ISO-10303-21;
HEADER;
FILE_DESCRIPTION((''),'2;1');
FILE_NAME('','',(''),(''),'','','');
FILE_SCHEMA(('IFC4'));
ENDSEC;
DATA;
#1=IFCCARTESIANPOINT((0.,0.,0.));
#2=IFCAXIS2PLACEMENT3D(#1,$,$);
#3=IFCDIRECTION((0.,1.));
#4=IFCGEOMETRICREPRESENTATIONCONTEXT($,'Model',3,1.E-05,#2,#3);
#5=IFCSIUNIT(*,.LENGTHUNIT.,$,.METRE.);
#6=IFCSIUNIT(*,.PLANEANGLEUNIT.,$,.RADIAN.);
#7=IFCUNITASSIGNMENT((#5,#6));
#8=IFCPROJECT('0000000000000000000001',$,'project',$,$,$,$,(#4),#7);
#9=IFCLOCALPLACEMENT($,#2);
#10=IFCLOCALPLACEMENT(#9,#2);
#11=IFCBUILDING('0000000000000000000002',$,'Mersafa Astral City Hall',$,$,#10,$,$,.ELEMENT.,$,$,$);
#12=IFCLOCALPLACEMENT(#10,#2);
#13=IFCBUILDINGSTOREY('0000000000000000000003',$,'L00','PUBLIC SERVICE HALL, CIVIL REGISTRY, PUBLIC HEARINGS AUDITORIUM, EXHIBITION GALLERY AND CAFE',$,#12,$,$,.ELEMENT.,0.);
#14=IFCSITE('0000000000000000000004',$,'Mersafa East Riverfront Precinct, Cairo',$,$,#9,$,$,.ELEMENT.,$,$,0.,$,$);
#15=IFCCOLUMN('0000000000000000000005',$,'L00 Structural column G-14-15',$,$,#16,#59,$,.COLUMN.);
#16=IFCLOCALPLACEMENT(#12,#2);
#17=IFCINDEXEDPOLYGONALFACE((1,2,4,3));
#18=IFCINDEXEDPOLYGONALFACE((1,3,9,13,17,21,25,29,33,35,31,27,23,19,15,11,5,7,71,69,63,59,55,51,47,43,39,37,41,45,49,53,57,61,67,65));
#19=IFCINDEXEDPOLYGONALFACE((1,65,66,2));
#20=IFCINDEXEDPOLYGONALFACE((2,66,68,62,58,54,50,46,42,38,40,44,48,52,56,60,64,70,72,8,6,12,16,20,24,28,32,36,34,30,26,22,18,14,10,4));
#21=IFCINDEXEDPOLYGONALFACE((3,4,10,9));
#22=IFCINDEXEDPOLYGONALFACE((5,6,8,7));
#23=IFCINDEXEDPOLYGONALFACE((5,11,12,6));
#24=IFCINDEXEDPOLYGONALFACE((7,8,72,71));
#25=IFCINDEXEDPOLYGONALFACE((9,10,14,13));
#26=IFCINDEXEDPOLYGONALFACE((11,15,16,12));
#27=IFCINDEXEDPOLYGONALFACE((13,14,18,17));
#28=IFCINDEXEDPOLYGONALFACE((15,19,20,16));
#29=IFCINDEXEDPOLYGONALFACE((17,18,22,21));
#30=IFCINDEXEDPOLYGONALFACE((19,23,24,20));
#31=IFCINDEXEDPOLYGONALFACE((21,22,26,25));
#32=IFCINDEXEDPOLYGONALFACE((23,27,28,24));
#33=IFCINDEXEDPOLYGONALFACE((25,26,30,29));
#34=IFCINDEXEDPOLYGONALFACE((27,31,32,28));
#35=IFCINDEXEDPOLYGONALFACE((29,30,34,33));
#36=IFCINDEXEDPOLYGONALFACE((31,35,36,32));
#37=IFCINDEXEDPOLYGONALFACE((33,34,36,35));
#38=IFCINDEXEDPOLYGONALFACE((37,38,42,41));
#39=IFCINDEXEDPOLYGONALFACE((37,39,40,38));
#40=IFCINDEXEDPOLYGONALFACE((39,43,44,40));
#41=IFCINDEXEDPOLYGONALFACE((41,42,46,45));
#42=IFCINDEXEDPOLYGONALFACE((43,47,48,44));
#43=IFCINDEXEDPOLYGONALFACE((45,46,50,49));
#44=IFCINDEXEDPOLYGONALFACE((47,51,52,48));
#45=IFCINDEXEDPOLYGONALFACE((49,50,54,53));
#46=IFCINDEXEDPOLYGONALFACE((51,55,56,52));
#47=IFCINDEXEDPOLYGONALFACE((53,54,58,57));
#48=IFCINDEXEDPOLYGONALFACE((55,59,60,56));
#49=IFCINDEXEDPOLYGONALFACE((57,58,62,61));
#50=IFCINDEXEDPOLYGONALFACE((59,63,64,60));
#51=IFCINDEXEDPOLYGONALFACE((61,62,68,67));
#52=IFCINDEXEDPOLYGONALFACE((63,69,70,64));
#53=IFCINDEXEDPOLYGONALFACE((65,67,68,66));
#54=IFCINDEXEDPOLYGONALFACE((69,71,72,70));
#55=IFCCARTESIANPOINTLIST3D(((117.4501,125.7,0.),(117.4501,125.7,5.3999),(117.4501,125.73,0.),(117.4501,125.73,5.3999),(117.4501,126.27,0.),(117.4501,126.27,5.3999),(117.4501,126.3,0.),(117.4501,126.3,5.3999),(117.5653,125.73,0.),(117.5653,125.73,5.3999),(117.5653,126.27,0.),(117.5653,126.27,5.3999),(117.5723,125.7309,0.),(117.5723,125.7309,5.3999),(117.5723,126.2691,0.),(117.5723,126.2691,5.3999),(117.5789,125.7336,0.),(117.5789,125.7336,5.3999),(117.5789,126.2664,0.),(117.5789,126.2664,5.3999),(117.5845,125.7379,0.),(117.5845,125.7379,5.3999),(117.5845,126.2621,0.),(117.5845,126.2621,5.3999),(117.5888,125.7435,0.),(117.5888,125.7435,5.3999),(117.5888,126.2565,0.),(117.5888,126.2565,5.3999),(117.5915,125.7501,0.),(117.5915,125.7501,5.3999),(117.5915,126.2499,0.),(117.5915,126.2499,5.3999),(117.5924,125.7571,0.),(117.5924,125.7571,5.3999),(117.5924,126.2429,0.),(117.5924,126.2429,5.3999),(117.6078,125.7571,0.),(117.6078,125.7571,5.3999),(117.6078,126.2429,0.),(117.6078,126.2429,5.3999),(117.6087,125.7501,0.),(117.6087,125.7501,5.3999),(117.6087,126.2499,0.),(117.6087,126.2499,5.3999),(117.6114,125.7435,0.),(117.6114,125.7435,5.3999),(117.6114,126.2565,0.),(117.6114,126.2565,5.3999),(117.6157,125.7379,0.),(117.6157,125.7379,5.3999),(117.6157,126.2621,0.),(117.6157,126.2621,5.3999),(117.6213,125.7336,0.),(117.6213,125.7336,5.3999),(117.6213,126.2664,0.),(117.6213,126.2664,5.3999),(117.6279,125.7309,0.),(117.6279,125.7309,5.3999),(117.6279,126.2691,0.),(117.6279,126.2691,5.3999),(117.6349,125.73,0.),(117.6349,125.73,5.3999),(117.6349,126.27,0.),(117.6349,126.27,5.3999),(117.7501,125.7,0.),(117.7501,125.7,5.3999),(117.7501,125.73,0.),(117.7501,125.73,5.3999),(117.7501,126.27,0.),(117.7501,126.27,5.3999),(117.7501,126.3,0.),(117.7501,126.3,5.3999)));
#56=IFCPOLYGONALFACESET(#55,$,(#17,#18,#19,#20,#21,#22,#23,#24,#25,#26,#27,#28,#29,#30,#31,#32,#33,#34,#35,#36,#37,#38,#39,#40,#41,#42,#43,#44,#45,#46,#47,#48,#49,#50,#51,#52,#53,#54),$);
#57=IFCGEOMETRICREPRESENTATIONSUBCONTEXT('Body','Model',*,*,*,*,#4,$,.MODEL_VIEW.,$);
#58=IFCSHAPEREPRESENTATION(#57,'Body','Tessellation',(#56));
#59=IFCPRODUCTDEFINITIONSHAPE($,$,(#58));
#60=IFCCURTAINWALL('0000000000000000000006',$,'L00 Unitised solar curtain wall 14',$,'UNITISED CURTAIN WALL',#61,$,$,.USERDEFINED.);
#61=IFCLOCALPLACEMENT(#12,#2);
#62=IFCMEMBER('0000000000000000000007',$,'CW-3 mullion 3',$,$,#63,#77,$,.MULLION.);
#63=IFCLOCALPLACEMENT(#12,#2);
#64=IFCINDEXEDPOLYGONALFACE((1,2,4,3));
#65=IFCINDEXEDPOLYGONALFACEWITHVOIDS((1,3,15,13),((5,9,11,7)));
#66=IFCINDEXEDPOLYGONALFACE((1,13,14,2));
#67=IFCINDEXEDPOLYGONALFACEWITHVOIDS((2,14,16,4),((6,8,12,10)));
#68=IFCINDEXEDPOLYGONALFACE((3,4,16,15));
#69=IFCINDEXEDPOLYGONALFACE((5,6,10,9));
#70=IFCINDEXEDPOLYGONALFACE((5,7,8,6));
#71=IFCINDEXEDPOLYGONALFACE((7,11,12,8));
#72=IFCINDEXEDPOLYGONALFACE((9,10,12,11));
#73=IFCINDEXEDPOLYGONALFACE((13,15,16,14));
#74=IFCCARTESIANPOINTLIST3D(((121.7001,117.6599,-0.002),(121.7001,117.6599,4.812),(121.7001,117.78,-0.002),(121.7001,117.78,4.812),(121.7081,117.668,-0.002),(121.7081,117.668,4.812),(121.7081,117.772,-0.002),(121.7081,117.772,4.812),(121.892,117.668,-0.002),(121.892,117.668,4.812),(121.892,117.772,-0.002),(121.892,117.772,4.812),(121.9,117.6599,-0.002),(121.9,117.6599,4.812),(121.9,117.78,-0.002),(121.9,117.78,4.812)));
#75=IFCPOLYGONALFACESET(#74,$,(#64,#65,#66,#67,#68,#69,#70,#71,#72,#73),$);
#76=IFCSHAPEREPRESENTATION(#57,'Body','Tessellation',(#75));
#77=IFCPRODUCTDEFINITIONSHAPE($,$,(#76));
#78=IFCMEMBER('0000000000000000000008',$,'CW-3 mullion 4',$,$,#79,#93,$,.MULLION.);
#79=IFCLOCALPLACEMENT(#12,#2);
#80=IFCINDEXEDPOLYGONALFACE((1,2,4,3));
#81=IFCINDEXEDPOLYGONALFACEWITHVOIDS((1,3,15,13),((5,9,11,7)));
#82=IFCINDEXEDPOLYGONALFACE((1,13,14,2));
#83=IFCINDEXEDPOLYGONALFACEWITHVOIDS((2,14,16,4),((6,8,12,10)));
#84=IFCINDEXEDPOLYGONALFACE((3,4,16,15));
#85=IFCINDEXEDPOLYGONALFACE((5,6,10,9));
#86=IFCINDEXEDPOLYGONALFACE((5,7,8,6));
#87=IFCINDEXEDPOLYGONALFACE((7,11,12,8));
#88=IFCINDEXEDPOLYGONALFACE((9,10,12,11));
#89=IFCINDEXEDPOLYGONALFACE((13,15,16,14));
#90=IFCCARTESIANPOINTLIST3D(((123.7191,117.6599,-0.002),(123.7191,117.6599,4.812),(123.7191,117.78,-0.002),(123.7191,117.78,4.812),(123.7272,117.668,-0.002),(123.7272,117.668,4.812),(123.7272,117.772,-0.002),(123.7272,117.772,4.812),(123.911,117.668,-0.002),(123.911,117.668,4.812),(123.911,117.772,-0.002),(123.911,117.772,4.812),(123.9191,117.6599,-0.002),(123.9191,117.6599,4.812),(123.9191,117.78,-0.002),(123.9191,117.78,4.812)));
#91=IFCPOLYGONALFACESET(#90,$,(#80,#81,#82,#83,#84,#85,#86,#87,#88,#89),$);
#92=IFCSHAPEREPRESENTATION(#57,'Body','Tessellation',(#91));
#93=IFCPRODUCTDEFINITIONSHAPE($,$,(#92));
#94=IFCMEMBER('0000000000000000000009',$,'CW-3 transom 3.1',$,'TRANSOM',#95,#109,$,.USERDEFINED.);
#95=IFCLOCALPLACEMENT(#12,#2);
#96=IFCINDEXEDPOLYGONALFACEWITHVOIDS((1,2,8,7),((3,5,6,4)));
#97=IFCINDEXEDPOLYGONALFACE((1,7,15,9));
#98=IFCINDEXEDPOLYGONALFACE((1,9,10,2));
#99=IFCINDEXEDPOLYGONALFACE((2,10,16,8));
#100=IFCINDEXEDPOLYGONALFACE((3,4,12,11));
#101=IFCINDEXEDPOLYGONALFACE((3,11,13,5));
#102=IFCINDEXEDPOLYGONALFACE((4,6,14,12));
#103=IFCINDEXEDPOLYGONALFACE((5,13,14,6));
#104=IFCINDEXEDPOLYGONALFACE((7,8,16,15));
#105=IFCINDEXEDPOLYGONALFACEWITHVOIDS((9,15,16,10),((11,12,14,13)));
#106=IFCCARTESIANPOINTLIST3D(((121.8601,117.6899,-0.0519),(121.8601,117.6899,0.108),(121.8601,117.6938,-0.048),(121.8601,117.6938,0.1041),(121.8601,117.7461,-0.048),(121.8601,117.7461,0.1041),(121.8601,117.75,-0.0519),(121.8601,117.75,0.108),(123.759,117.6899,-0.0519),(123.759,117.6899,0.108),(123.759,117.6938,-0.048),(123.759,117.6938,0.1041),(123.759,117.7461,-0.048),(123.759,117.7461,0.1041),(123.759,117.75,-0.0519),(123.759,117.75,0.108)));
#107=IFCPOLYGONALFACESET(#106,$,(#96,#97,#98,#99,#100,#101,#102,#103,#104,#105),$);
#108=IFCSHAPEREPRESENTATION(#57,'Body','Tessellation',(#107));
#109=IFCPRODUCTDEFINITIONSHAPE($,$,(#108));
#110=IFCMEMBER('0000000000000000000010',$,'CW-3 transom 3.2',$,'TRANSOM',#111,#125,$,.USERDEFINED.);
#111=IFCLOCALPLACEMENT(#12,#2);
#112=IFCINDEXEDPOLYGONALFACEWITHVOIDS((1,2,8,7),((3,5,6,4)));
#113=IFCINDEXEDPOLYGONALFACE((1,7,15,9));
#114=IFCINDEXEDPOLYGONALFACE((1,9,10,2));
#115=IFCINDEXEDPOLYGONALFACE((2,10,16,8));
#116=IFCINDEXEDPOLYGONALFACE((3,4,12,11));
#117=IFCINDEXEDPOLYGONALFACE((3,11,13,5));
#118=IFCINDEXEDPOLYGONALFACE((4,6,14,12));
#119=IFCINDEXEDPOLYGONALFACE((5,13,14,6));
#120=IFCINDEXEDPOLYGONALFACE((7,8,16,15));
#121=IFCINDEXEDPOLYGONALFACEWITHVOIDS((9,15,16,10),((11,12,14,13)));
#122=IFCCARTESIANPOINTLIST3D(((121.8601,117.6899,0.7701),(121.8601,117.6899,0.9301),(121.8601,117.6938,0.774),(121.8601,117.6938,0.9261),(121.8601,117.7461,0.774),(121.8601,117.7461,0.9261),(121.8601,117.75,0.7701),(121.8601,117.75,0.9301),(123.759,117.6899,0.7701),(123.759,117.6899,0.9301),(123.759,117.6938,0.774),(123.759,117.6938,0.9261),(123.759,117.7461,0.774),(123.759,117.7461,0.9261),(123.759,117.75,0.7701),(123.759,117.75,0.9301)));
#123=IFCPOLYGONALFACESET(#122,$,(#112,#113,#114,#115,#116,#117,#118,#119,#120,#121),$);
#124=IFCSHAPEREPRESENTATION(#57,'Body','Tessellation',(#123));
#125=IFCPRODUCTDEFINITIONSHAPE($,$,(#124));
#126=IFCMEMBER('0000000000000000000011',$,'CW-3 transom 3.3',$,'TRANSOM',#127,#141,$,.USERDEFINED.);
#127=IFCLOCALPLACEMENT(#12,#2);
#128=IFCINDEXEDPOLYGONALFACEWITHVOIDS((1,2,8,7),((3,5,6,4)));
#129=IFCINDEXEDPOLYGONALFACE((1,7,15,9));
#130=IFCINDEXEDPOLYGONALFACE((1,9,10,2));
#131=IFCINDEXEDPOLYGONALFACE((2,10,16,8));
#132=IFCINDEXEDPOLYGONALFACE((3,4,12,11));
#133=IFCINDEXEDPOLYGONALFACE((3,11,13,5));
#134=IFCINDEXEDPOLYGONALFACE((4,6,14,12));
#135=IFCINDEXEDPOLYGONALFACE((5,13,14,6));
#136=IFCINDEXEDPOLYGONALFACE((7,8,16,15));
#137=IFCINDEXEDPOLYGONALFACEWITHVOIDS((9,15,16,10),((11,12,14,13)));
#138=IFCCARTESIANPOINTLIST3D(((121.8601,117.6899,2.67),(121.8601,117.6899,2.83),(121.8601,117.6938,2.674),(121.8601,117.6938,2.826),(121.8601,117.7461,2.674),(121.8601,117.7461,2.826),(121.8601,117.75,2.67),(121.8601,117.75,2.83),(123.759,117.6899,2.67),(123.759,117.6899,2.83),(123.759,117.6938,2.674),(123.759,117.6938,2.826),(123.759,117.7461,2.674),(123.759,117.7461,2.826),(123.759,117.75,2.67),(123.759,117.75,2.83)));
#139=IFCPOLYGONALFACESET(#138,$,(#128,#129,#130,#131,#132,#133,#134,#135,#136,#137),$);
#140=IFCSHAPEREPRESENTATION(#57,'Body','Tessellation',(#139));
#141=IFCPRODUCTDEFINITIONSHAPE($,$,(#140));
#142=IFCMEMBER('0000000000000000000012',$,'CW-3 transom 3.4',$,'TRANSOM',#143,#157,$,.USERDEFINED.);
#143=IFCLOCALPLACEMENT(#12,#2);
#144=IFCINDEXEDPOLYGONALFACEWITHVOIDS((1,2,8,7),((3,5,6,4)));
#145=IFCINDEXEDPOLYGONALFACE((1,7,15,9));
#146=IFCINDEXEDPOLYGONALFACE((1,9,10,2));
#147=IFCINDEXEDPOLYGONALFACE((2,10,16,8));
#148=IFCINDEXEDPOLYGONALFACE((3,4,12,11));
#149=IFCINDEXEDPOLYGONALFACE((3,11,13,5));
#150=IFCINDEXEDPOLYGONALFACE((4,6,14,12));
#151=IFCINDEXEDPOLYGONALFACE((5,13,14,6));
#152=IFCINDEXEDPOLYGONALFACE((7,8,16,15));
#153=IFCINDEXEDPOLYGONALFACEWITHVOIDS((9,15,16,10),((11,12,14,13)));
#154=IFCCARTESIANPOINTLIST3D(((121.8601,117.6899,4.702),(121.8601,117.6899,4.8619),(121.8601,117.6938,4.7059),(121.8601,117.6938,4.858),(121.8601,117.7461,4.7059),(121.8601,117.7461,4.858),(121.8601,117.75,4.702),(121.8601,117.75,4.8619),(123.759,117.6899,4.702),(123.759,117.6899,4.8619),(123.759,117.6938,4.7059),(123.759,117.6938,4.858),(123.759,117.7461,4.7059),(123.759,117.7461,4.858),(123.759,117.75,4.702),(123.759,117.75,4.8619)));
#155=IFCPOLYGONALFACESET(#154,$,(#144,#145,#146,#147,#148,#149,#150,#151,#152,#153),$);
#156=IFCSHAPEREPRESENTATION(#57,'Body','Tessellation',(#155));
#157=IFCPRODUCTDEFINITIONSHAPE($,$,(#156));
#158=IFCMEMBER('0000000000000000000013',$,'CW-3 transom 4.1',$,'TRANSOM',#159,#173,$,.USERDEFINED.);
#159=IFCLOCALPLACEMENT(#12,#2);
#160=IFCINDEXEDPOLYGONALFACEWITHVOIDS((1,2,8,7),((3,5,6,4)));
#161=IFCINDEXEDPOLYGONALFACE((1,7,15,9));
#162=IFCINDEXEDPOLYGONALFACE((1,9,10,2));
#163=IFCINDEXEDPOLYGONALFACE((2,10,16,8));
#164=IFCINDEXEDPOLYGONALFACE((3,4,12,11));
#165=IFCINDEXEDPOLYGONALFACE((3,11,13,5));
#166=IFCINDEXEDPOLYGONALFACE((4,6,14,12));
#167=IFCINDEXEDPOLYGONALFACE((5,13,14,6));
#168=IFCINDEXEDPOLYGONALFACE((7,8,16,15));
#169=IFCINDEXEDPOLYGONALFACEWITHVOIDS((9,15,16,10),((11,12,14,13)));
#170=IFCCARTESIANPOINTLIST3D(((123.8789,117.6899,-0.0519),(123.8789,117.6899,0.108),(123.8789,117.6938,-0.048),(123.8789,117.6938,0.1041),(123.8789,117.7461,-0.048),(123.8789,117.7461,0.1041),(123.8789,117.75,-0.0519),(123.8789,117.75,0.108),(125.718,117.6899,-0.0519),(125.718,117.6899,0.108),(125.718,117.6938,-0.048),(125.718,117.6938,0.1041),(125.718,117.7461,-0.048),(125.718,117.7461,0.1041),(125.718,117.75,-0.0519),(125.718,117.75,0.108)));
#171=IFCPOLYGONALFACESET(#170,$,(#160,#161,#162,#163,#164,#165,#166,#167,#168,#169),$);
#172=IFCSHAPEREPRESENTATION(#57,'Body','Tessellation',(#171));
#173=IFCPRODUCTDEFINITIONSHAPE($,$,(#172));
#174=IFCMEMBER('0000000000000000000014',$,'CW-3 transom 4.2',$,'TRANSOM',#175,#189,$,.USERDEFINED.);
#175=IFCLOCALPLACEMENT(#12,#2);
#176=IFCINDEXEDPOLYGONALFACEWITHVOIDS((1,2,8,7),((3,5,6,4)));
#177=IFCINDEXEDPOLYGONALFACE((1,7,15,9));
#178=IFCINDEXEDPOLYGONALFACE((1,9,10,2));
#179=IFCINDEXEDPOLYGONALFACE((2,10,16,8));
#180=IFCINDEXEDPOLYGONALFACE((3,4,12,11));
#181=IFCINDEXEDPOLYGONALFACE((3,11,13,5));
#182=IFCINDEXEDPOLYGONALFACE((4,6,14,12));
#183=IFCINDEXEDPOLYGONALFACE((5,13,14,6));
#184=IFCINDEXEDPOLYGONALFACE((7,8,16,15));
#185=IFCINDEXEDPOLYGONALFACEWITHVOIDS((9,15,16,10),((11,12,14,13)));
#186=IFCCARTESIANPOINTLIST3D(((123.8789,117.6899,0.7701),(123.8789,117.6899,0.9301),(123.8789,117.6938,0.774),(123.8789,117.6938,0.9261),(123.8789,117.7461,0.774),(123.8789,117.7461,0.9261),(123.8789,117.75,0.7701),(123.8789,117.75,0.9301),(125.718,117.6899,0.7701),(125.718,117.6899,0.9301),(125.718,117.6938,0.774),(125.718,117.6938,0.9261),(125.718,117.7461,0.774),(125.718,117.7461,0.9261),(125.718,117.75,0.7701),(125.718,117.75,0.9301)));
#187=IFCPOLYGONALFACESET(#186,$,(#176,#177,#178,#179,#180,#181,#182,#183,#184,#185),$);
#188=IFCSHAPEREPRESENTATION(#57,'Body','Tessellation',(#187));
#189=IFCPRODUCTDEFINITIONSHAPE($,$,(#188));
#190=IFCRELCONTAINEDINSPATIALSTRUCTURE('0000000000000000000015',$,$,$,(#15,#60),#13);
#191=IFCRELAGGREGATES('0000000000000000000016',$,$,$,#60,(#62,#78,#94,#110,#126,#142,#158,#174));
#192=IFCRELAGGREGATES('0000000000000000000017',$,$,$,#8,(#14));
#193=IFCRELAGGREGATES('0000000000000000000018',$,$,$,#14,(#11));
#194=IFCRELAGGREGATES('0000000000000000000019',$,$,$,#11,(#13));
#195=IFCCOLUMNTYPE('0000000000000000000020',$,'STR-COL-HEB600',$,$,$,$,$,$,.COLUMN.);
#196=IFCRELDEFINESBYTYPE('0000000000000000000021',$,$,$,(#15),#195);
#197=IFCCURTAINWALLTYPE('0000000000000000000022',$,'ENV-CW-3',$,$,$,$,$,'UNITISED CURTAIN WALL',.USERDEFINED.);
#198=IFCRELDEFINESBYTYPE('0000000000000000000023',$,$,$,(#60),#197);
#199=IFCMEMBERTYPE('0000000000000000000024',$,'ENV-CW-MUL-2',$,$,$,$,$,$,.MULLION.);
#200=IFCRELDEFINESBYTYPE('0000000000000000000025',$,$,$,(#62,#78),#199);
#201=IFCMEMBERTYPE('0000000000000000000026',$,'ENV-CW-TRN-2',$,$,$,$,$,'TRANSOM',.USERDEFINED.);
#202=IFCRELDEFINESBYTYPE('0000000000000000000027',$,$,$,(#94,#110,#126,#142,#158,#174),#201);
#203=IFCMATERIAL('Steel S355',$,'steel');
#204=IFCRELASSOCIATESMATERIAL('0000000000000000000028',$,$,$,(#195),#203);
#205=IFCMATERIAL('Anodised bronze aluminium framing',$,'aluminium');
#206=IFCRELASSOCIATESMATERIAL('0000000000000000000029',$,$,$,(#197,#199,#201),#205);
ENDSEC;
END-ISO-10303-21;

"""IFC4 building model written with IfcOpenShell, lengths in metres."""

from ifc_helpers import new_model, si_unit, direction, frame, origin, origin_2d, place, context, subcontext, project, spatial, hollow_rectangle, i_section, extrude, material, material_profile, profile_set, type_object, element, aggregate, save


model = new_model("IFC4")

# Units and contexts
model_context = context("Model", 3, precision=1e-05, world=origin(), true_north=direction((0.0, 1.0)))
body_context = subcontext(model_context, "Body", "Model", "MODEL_VIEW")
ifc_project = project(units=[si_unit("LENGTHUNIT", "METRE"), si_unit("PLANEANGLEUNIT", "RADIAN")], contexts=[model_context])

# Site, building, storey
site_placement = place(None, origin())
site = spatial("IfcSite", under=ifc_project, at=site_placement, Name="Mersafa East Riverfront Precinct, Cairo", CompositionType="ELEMENT", RefElevation=0.0)
building_placement = place(site_placement, origin())
building = spatial("IfcBuilding", under=site, at=building_placement, Name="Mersafa Astral City Hall", CompositionType="ELEMENT")
storey_placement = place(building_placement, origin())
storey = spatial("IfcBuildingStorey", under=building, at=storey_placement, Name="L00", Description="PUBLIC SERVICE HALL, CIVIL REGISTRY, PUBLIC HEARINGS AUDITORIUM, EXHIBITION GALLERY AND CAFE", CompositionType="ELEMENT", Elevation=0.0)

# Column
ifc_material_1 = material(Name="Steel S355", Category="steel")
ifc_material_profile_1 = material_profile(ifc_material_1, i_section(OverallWidth=0.3, OverallDepth=0.6001, WebThickness=0.0154, FlangeThickness=0.03, FilletRadius=0.0271, at=origin_2d()), Name="HEB 600")
ifc_profile_set_1 = profile_set([ifc_material_profile_1], Name="Steel S355")
column_type = type_object("IfcColumnType", Name="STR-COL-HEB600", PredefinedType="COLUMN", material=ifc_profile_set_1)
column_placement = place(storey_placement, frame((117.6001, 126.0, 0.0), z_axis=(0.0, 0.0, 1.0), x_axis=(1.0, 0.0, 0.0)))
element("IfcColumn", 1, at=column_placement, inside=storey, type_object=column_type, Name="L00 Structural column G-14-15", PredefinedType="COLUMN", context=body_context, shape_type="SweptSolid", body=[
    extrude(i_section(OverallWidth=0.3, OverallDepth=0.6001, WebThickness=0.0154, FlangeThickness=0.03, FilletRadius=0.0271, at=origin_2d()), origin(), (0.0, 0.0, 1.0), 5.3999),
])

# Curtain wall, members
ifc_material_2 = material(Name="Anodised bronze aluminium framing", Category="aluminium")
curtain_wall_type = type_object("IfcCurtainWallType", Name="ENV-CW-3", ElementType="UNITISED CURTAIN WALL", PredefinedType="USERDEFINED", material=ifc_material_2)
curtain_wall_placement = place(storey_placement, origin())
curtain_wall = element("IfcCurtainWall", 2, at=curtain_wall_placement, inside=storey, type_object=curtain_wall_type, Name="L00 Unitised solar curtain wall 14", ObjectType="UNITISED CURTAIN WALL", PredefinedType="USERDEFINED")
ifc_material_profile_2 = material_profile(ifc_material_2, hollow_rectangle(XDim=0.1201, YDim=0.2, WallThickness=0.0081, at=origin_2d()), Name="RHS 120x200x8")
ifc_profile_set_2 = profile_set([ifc_material_profile_2], Name="Anodised bronze aluminium framing")
member_type_1 = type_object("IfcMemberType", Name="ENV-CW-MUL-2", PredefinedType="MULLION", material=ifc_profile_set_2)
member_1_placement = place(storey_placement, frame((121.8, 117.72, -0.002), z_axis=(0.0, 0.0, 1.0), x_axis=(0.0, 1.0, 0.0)))
member_1 = element("IfcMember", 3, at=member_1_placement, type_object=member_type_1, Name="CW-3 mullion 3", PredefinedType="MULLION", context=body_context, shape_type="SweptSolid", body=[
    extrude(hollow_rectangle(XDim=0.1201, YDim=0.2, WallThickness=0.0081, at=origin_2d()), origin(), (0.0, 0.0, 1.0), 4.814),
])
member_2_placement = place(storey_placement, frame((123.8191, 117.72, -0.002), z_axis=(0.0, 0.0, 1.0), x_axis=(0.0, 1.0, 0.0)))
member_2 = element("IfcMember", 4, at=member_2_placement, type_object=member_type_1, Name="CW-3 mullion 4", PredefinedType="MULLION", context=body_context, shape_type="SweptSolid", body=[
    extrude(hollow_rectangle(XDim=0.1201, YDim=0.2, WallThickness=0.0081, at=origin_2d()), origin(), (0.0, 0.0, 1.0), 4.814),
])
ifc_material_profile_3 = material_profile(ifc_material_2, hollow_rectangle(XDim=0.0601, YDim=0.1599, WallThickness=0.0039, at=origin_2d()), Name="RHS 60x160x4")
ifc_profile_set_3 = profile_set([ifc_material_profile_3], Name="Anodised bronze aluminium framing")
member_type_2 = type_object("IfcMemberType", Name="ENV-CW-TRN-2", ElementType="TRANSOM", PredefinedType="USERDEFINED", material=ifc_profile_set_3)
member_3_placement = place(storey_placement, frame((121.8601, 117.72, 0.0281), z_axis=(1.0, 0.0, 0.0), x_axis=(0.0, 1.0, 0.0)))
member_3 = element("IfcMember", 5, at=member_3_placement, type_object=member_type_2, Name="CW-3 transom 3.1", ObjectType="TRANSOM", PredefinedType="USERDEFINED", context=body_context, shape_type="SweptSolid", body=[
    extrude(hollow_rectangle(XDim=0.0601, YDim=0.1599, WallThickness=0.0039, at=origin_2d()), origin(), (0.0, 0.0, 1.0), 1.8989),
])
member_4_placement = place(storey_placement, frame((121.8601, 117.72, 0.8501), z_axis=(1.0, 0.0, 0.0), x_axis=(0.0, 1.0, 0.0)))
member_4 = element("IfcMember", 6, at=member_4_placement, type_object=member_type_2, Name="CW-3 transom 3.2", ObjectType="TRANSOM", PredefinedType="USERDEFINED", context=body_context, shape_type="SweptSolid", body=[
    extrude(hollow_rectangle(XDim=0.0601, YDim=0.1599, WallThickness=0.0039, at=origin_2d()), origin(), (0.0, 0.0, 1.0), 1.8989),
])
member_5_placement = place(storey_placement, frame((121.8601, 117.72, 2.75), z_axis=(1.0, 0.0, 0.0), x_axis=(0.0, 1.0, 0.0)))
member_5 = element("IfcMember", 7, at=member_5_placement, type_object=member_type_2, Name="CW-3 transom 3.3", ObjectType="TRANSOM", PredefinedType="USERDEFINED", context=body_context, shape_type="SweptSolid", body=[
    extrude(hollow_rectangle(XDim=0.0601, YDim=0.1599, WallThickness=0.0039, at=origin_2d()), origin(), (0.0, 0.0, 1.0), 1.8989),
])
member_6_placement = place(storey_placement, frame((121.8601, 117.72, 4.782), z_axis=(1.0, 0.0, 0.0), x_axis=(0.0, 1.0, 0.0)))
member_6 = element("IfcMember", 8, at=member_6_placement, type_object=member_type_2, Name="CW-3 transom 3.4", ObjectType="TRANSOM", PredefinedType="USERDEFINED", context=body_context, shape_type="SweptSolid", body=[
    extrude(hollow_rectangle(XDim=0.0601, YDim=0.1599, WallThickness=0.0039, at=origin_2d()), origin(), (0.0, 0.0, 1.0), 1.8989),
])
member_7_placement = place(storey_placement, frame((123.8789, 117.72, 0.0281), z_axis=(1.0, 0.0, 0.0), x_axis=(0.0, 1.0, 0.0)))
member_7 = element("IfcMember", 9, at=member_7_placement, type_object=member_type_2, Name="CW-3 transom 4.1", ObjectType="TRANSOM", PredefinedType="USERDEFINED", context=body_context, shape_type="SweptSolid", body=[
    extrude(hollow_rectangle(XDim=0.0601, YDim=0.1599, WallThickness=0.0039, at=origin_2d()), origin(), (0.0, 0.0, 1.0), 1.8391),
])
member_8_placement = place(storey_placement, frame((123.8789, 117.72, 0.8501), z_axis=(1.0, 0.0, 0.0), x_axis=(0.0, 1.0, 0.0)))
member_8 = element("IfcMember", 10, at=member_8_placement, type_object=member_type_2, Name="CW-3 transom 4.2", ObjectType="TRANSOM", PredefinedType="USERDEFINED", context=body_context, shape_type="SweptSolid", body=[
    extrude(hollow_rectangle(XDim=0.0601, YDim=0.1599, WallThickness=0.0039, at=origin_2d()), origin(), (0.0, 0.0, 1.0), 1.8391),
])

aggregate(curtain_wall, [member_1, member_2, member_3, member_4, member_5, member_6, member_7, member_8])

save(model, "model.ifc")
